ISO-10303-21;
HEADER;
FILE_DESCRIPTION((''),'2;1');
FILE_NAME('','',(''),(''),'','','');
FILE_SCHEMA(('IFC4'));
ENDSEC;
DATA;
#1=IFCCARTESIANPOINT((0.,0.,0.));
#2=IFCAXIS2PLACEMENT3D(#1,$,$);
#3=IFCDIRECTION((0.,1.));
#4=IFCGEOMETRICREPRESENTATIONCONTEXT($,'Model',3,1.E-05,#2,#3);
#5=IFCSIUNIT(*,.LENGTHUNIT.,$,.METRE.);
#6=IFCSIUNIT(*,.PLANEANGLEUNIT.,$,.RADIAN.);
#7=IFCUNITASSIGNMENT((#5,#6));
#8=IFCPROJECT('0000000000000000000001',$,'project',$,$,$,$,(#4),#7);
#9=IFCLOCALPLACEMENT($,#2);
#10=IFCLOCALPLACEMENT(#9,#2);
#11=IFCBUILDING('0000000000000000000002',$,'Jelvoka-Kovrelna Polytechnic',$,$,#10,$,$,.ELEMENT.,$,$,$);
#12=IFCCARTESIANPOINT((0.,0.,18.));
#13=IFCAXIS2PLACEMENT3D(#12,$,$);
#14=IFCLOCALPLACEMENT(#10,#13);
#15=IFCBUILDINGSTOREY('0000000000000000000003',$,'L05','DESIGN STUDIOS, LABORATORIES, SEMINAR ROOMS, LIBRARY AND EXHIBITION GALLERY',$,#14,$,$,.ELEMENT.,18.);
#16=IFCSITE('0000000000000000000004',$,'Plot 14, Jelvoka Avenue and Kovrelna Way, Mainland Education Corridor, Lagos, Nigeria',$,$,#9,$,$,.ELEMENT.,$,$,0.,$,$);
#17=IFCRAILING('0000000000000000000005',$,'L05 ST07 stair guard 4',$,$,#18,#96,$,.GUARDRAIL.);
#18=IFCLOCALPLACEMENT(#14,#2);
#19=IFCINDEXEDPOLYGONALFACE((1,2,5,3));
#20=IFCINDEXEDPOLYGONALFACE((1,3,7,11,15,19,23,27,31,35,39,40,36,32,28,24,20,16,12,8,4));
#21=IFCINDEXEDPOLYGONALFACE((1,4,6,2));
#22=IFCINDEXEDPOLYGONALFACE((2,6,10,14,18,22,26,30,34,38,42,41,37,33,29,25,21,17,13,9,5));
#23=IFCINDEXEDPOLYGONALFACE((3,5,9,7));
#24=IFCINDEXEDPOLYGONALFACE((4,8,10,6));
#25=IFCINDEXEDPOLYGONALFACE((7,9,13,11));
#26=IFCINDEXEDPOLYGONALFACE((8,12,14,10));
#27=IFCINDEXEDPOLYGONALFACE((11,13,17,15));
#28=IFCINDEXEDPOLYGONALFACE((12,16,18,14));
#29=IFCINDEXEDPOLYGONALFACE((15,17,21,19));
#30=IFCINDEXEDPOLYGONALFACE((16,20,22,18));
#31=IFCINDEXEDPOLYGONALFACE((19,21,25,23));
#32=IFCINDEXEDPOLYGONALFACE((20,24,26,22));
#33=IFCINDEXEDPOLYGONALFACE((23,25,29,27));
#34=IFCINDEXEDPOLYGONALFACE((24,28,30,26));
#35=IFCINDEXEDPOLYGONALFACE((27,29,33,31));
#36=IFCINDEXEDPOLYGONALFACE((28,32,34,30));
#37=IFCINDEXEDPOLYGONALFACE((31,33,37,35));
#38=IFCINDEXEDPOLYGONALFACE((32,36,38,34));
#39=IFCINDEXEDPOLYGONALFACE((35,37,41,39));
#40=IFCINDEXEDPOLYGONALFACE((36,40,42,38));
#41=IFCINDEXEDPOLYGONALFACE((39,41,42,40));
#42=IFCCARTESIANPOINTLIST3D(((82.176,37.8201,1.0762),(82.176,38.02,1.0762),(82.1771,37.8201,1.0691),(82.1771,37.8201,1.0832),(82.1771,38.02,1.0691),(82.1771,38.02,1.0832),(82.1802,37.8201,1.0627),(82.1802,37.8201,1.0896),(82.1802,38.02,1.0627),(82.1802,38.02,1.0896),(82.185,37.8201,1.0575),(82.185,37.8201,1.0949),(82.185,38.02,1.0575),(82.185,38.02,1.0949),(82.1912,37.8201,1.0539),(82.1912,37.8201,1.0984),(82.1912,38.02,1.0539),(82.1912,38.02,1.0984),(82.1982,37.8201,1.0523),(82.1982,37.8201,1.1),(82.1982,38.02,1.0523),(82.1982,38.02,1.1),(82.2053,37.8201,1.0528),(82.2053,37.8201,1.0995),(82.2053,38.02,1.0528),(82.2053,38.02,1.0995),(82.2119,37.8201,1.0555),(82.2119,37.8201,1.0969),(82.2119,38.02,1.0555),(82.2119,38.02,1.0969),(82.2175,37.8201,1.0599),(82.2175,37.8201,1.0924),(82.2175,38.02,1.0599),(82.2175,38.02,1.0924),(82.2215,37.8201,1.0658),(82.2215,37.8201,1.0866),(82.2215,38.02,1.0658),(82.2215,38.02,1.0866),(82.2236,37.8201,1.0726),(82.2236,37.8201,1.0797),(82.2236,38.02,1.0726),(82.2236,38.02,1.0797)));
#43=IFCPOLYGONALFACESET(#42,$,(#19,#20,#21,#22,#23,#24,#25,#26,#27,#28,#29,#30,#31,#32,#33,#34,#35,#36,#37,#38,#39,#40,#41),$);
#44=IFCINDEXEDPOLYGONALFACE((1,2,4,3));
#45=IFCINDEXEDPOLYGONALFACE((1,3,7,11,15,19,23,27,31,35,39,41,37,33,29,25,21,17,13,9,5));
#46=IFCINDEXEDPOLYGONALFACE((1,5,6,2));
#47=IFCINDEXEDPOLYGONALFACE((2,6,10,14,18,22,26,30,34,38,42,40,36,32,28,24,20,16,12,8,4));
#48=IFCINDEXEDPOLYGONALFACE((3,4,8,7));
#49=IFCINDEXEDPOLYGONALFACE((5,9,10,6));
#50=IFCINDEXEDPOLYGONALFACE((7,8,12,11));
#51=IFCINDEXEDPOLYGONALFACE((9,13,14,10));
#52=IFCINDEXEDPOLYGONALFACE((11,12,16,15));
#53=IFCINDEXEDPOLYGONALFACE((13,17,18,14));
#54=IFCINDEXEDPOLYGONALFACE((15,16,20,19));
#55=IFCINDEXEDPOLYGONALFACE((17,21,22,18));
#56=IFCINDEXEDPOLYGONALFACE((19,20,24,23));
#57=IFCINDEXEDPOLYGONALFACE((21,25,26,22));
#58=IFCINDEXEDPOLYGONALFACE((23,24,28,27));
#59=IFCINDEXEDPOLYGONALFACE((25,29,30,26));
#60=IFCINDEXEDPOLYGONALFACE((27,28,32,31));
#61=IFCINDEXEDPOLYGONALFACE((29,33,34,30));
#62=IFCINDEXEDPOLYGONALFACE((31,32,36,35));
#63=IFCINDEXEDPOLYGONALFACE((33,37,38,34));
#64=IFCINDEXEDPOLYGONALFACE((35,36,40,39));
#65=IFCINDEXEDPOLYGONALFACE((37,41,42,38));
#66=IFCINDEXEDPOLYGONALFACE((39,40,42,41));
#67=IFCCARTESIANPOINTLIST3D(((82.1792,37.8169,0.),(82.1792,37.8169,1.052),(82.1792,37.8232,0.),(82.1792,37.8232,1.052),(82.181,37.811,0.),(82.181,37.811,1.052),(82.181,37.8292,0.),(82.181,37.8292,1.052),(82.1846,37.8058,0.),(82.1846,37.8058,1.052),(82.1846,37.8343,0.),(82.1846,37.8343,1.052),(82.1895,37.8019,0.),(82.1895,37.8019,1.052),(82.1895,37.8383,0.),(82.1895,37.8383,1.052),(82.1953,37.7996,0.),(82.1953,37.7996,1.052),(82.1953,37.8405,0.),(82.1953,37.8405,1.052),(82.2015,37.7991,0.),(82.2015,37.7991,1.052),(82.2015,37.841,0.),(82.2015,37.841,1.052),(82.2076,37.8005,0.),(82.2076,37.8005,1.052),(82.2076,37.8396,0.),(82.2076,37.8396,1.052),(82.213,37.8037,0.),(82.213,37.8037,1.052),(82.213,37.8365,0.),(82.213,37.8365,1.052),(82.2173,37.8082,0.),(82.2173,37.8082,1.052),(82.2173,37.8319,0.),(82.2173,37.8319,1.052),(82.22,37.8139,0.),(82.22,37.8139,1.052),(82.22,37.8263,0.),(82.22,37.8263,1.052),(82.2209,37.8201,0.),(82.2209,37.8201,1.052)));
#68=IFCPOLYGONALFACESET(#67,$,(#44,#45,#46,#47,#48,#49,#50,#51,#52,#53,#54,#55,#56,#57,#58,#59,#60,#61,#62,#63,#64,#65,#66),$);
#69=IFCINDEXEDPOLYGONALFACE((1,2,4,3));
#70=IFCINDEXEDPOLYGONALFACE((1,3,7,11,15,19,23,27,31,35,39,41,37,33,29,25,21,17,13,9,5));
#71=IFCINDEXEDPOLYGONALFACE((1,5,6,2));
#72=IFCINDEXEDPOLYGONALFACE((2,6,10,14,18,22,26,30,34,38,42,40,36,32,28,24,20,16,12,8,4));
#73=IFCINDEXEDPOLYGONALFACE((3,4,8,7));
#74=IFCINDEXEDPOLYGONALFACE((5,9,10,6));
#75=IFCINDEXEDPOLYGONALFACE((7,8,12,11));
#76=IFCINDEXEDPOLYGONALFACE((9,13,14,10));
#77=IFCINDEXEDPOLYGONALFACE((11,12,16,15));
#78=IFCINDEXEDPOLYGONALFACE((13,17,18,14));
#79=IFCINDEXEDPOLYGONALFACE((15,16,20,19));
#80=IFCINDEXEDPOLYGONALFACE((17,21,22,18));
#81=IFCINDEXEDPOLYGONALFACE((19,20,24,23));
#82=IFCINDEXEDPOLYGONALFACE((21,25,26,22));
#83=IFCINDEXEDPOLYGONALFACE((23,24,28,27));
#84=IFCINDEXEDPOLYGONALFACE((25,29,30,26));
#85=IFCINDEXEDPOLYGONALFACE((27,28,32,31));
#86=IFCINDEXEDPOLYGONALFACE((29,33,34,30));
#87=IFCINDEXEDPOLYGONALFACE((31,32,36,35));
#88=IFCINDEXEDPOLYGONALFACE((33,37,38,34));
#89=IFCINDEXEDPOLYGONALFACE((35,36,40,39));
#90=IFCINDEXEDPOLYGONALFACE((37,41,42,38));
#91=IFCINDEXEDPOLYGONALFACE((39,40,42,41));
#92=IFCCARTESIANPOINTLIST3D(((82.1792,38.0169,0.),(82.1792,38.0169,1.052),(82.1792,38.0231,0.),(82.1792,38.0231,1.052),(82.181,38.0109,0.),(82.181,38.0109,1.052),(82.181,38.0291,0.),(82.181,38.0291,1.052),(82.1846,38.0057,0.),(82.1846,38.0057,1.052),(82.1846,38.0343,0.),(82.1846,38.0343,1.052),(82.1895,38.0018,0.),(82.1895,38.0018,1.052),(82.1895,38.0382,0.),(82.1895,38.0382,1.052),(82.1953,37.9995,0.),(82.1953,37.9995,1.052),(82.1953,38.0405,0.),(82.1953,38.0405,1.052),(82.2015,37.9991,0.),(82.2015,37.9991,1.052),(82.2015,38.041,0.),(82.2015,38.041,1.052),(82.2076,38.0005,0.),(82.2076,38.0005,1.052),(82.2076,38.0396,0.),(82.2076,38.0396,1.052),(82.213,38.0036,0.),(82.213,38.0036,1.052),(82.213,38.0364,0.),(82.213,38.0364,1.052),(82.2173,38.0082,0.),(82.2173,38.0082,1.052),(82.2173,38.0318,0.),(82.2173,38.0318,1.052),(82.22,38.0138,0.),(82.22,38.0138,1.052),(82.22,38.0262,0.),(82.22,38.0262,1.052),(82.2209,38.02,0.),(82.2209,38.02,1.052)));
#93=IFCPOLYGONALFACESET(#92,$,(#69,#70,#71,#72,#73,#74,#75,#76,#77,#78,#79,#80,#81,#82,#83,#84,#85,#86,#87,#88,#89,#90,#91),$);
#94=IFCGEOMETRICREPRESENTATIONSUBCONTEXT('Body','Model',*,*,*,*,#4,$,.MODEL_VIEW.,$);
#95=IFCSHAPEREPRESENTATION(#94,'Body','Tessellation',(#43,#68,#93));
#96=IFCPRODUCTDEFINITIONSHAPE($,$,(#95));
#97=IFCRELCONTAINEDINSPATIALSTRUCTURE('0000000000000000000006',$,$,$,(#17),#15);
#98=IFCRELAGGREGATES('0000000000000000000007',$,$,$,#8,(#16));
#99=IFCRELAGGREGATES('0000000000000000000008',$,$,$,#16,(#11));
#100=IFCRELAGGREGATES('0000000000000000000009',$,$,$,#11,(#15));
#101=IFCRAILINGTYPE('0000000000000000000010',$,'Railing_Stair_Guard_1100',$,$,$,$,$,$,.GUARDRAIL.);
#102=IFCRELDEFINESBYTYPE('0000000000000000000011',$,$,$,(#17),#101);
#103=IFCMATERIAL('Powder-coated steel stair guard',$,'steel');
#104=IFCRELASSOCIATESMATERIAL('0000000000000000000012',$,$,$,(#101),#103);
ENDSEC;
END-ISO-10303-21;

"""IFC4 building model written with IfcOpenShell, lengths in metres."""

from ifc_helpers import new_model, si_unit, direction, frame, origin, origin_2d, place, context, subcontext, project, spatial, circle, extrude, material, type_object, element, save


model = new_model("IFC4")

# Units and contexts
model_context = context("Model", 3, precision=1e-05, world=origin(), true_north=direction((0.0, 1.0)))
body_context = subcontext(model_context, "Body", "Model", "MODEL_VIEW")
ifc_project = project(units=[si_unit("LENGTHUNIT", "METRE"), si_unit("PLANEANGLEUNIT", "RADIAN")], contexts=[model_context])

# Site, building, storey
site_placement = place(None, origin())
site = spatial("IfcSite", under=ifc_project, at=site_placement, Name="Plot 14, Jelvoka Avenue and Kovrelna Way, Mainland Education Corridor, Lagos, Nigeria", CompositionType="ELEMENT", RefElevation=0.0)
building_placement = place(site_placement, origin())
building = spatial("IfcBuilding", under=site, at=building_placement, Name="Jelvoka-Kovrelna Polytechnic", CompositionType="ELEMENT")
storey_placement = place(building_placement, frame((0.0, 0.0, 18.0)))
storey = spatial("IfcBuildingStorey", under=building, at=storey_placement, Name="L05", Description="DESIGN STUDIOS, LABORATORIES, SEMINAR ROOMS, LIBRARY AND EXHIBITION GALLERY", CompositionType="ELEMENT", Elevation=18.0)

# Railing
ifc_material_1 = material(Name="Powder-coated steel stair guard", Category="steel")
railing_type_1 = type_object("IfcRailingType", Name="Railing_Stair_Guard_1100", PredefinedType="GUARDRAIL", material=ifc_material_1)
railing_1_placement = place(storey_placement, frame((82.2, 37.8201, 0.0)))
element("IfcRailing", 1, at=railing_1_placement, inside=storey, type_object=railing_type_1, Name="L05 ST07 stair guard 4", PredefinedType="GUARDRAIL", context=body_context, shape_type="SweptSolid", body=[
    extrude(circle(Radius=0.0239, at=origin_2d()), frame((0.0, 0.0, 1.0762), z_axis=(0.0, 1.0, 0.0), x_axis=(-1.0, 0.0, 0.0)), (0.0, 0.0, 1.0), 0.2),
    extrude(circle(Radius=0.021, at=origin_2d()), origin(), (0.0, 0.0, 1.0), 1.052),
    extrude(circle(Radius=0.021, at=origin_2d()), frame((0.0, 0.2, 0.0)), (0.0, 0.0, 1.0), 1.052),
])

save(model, "model.ifc")
